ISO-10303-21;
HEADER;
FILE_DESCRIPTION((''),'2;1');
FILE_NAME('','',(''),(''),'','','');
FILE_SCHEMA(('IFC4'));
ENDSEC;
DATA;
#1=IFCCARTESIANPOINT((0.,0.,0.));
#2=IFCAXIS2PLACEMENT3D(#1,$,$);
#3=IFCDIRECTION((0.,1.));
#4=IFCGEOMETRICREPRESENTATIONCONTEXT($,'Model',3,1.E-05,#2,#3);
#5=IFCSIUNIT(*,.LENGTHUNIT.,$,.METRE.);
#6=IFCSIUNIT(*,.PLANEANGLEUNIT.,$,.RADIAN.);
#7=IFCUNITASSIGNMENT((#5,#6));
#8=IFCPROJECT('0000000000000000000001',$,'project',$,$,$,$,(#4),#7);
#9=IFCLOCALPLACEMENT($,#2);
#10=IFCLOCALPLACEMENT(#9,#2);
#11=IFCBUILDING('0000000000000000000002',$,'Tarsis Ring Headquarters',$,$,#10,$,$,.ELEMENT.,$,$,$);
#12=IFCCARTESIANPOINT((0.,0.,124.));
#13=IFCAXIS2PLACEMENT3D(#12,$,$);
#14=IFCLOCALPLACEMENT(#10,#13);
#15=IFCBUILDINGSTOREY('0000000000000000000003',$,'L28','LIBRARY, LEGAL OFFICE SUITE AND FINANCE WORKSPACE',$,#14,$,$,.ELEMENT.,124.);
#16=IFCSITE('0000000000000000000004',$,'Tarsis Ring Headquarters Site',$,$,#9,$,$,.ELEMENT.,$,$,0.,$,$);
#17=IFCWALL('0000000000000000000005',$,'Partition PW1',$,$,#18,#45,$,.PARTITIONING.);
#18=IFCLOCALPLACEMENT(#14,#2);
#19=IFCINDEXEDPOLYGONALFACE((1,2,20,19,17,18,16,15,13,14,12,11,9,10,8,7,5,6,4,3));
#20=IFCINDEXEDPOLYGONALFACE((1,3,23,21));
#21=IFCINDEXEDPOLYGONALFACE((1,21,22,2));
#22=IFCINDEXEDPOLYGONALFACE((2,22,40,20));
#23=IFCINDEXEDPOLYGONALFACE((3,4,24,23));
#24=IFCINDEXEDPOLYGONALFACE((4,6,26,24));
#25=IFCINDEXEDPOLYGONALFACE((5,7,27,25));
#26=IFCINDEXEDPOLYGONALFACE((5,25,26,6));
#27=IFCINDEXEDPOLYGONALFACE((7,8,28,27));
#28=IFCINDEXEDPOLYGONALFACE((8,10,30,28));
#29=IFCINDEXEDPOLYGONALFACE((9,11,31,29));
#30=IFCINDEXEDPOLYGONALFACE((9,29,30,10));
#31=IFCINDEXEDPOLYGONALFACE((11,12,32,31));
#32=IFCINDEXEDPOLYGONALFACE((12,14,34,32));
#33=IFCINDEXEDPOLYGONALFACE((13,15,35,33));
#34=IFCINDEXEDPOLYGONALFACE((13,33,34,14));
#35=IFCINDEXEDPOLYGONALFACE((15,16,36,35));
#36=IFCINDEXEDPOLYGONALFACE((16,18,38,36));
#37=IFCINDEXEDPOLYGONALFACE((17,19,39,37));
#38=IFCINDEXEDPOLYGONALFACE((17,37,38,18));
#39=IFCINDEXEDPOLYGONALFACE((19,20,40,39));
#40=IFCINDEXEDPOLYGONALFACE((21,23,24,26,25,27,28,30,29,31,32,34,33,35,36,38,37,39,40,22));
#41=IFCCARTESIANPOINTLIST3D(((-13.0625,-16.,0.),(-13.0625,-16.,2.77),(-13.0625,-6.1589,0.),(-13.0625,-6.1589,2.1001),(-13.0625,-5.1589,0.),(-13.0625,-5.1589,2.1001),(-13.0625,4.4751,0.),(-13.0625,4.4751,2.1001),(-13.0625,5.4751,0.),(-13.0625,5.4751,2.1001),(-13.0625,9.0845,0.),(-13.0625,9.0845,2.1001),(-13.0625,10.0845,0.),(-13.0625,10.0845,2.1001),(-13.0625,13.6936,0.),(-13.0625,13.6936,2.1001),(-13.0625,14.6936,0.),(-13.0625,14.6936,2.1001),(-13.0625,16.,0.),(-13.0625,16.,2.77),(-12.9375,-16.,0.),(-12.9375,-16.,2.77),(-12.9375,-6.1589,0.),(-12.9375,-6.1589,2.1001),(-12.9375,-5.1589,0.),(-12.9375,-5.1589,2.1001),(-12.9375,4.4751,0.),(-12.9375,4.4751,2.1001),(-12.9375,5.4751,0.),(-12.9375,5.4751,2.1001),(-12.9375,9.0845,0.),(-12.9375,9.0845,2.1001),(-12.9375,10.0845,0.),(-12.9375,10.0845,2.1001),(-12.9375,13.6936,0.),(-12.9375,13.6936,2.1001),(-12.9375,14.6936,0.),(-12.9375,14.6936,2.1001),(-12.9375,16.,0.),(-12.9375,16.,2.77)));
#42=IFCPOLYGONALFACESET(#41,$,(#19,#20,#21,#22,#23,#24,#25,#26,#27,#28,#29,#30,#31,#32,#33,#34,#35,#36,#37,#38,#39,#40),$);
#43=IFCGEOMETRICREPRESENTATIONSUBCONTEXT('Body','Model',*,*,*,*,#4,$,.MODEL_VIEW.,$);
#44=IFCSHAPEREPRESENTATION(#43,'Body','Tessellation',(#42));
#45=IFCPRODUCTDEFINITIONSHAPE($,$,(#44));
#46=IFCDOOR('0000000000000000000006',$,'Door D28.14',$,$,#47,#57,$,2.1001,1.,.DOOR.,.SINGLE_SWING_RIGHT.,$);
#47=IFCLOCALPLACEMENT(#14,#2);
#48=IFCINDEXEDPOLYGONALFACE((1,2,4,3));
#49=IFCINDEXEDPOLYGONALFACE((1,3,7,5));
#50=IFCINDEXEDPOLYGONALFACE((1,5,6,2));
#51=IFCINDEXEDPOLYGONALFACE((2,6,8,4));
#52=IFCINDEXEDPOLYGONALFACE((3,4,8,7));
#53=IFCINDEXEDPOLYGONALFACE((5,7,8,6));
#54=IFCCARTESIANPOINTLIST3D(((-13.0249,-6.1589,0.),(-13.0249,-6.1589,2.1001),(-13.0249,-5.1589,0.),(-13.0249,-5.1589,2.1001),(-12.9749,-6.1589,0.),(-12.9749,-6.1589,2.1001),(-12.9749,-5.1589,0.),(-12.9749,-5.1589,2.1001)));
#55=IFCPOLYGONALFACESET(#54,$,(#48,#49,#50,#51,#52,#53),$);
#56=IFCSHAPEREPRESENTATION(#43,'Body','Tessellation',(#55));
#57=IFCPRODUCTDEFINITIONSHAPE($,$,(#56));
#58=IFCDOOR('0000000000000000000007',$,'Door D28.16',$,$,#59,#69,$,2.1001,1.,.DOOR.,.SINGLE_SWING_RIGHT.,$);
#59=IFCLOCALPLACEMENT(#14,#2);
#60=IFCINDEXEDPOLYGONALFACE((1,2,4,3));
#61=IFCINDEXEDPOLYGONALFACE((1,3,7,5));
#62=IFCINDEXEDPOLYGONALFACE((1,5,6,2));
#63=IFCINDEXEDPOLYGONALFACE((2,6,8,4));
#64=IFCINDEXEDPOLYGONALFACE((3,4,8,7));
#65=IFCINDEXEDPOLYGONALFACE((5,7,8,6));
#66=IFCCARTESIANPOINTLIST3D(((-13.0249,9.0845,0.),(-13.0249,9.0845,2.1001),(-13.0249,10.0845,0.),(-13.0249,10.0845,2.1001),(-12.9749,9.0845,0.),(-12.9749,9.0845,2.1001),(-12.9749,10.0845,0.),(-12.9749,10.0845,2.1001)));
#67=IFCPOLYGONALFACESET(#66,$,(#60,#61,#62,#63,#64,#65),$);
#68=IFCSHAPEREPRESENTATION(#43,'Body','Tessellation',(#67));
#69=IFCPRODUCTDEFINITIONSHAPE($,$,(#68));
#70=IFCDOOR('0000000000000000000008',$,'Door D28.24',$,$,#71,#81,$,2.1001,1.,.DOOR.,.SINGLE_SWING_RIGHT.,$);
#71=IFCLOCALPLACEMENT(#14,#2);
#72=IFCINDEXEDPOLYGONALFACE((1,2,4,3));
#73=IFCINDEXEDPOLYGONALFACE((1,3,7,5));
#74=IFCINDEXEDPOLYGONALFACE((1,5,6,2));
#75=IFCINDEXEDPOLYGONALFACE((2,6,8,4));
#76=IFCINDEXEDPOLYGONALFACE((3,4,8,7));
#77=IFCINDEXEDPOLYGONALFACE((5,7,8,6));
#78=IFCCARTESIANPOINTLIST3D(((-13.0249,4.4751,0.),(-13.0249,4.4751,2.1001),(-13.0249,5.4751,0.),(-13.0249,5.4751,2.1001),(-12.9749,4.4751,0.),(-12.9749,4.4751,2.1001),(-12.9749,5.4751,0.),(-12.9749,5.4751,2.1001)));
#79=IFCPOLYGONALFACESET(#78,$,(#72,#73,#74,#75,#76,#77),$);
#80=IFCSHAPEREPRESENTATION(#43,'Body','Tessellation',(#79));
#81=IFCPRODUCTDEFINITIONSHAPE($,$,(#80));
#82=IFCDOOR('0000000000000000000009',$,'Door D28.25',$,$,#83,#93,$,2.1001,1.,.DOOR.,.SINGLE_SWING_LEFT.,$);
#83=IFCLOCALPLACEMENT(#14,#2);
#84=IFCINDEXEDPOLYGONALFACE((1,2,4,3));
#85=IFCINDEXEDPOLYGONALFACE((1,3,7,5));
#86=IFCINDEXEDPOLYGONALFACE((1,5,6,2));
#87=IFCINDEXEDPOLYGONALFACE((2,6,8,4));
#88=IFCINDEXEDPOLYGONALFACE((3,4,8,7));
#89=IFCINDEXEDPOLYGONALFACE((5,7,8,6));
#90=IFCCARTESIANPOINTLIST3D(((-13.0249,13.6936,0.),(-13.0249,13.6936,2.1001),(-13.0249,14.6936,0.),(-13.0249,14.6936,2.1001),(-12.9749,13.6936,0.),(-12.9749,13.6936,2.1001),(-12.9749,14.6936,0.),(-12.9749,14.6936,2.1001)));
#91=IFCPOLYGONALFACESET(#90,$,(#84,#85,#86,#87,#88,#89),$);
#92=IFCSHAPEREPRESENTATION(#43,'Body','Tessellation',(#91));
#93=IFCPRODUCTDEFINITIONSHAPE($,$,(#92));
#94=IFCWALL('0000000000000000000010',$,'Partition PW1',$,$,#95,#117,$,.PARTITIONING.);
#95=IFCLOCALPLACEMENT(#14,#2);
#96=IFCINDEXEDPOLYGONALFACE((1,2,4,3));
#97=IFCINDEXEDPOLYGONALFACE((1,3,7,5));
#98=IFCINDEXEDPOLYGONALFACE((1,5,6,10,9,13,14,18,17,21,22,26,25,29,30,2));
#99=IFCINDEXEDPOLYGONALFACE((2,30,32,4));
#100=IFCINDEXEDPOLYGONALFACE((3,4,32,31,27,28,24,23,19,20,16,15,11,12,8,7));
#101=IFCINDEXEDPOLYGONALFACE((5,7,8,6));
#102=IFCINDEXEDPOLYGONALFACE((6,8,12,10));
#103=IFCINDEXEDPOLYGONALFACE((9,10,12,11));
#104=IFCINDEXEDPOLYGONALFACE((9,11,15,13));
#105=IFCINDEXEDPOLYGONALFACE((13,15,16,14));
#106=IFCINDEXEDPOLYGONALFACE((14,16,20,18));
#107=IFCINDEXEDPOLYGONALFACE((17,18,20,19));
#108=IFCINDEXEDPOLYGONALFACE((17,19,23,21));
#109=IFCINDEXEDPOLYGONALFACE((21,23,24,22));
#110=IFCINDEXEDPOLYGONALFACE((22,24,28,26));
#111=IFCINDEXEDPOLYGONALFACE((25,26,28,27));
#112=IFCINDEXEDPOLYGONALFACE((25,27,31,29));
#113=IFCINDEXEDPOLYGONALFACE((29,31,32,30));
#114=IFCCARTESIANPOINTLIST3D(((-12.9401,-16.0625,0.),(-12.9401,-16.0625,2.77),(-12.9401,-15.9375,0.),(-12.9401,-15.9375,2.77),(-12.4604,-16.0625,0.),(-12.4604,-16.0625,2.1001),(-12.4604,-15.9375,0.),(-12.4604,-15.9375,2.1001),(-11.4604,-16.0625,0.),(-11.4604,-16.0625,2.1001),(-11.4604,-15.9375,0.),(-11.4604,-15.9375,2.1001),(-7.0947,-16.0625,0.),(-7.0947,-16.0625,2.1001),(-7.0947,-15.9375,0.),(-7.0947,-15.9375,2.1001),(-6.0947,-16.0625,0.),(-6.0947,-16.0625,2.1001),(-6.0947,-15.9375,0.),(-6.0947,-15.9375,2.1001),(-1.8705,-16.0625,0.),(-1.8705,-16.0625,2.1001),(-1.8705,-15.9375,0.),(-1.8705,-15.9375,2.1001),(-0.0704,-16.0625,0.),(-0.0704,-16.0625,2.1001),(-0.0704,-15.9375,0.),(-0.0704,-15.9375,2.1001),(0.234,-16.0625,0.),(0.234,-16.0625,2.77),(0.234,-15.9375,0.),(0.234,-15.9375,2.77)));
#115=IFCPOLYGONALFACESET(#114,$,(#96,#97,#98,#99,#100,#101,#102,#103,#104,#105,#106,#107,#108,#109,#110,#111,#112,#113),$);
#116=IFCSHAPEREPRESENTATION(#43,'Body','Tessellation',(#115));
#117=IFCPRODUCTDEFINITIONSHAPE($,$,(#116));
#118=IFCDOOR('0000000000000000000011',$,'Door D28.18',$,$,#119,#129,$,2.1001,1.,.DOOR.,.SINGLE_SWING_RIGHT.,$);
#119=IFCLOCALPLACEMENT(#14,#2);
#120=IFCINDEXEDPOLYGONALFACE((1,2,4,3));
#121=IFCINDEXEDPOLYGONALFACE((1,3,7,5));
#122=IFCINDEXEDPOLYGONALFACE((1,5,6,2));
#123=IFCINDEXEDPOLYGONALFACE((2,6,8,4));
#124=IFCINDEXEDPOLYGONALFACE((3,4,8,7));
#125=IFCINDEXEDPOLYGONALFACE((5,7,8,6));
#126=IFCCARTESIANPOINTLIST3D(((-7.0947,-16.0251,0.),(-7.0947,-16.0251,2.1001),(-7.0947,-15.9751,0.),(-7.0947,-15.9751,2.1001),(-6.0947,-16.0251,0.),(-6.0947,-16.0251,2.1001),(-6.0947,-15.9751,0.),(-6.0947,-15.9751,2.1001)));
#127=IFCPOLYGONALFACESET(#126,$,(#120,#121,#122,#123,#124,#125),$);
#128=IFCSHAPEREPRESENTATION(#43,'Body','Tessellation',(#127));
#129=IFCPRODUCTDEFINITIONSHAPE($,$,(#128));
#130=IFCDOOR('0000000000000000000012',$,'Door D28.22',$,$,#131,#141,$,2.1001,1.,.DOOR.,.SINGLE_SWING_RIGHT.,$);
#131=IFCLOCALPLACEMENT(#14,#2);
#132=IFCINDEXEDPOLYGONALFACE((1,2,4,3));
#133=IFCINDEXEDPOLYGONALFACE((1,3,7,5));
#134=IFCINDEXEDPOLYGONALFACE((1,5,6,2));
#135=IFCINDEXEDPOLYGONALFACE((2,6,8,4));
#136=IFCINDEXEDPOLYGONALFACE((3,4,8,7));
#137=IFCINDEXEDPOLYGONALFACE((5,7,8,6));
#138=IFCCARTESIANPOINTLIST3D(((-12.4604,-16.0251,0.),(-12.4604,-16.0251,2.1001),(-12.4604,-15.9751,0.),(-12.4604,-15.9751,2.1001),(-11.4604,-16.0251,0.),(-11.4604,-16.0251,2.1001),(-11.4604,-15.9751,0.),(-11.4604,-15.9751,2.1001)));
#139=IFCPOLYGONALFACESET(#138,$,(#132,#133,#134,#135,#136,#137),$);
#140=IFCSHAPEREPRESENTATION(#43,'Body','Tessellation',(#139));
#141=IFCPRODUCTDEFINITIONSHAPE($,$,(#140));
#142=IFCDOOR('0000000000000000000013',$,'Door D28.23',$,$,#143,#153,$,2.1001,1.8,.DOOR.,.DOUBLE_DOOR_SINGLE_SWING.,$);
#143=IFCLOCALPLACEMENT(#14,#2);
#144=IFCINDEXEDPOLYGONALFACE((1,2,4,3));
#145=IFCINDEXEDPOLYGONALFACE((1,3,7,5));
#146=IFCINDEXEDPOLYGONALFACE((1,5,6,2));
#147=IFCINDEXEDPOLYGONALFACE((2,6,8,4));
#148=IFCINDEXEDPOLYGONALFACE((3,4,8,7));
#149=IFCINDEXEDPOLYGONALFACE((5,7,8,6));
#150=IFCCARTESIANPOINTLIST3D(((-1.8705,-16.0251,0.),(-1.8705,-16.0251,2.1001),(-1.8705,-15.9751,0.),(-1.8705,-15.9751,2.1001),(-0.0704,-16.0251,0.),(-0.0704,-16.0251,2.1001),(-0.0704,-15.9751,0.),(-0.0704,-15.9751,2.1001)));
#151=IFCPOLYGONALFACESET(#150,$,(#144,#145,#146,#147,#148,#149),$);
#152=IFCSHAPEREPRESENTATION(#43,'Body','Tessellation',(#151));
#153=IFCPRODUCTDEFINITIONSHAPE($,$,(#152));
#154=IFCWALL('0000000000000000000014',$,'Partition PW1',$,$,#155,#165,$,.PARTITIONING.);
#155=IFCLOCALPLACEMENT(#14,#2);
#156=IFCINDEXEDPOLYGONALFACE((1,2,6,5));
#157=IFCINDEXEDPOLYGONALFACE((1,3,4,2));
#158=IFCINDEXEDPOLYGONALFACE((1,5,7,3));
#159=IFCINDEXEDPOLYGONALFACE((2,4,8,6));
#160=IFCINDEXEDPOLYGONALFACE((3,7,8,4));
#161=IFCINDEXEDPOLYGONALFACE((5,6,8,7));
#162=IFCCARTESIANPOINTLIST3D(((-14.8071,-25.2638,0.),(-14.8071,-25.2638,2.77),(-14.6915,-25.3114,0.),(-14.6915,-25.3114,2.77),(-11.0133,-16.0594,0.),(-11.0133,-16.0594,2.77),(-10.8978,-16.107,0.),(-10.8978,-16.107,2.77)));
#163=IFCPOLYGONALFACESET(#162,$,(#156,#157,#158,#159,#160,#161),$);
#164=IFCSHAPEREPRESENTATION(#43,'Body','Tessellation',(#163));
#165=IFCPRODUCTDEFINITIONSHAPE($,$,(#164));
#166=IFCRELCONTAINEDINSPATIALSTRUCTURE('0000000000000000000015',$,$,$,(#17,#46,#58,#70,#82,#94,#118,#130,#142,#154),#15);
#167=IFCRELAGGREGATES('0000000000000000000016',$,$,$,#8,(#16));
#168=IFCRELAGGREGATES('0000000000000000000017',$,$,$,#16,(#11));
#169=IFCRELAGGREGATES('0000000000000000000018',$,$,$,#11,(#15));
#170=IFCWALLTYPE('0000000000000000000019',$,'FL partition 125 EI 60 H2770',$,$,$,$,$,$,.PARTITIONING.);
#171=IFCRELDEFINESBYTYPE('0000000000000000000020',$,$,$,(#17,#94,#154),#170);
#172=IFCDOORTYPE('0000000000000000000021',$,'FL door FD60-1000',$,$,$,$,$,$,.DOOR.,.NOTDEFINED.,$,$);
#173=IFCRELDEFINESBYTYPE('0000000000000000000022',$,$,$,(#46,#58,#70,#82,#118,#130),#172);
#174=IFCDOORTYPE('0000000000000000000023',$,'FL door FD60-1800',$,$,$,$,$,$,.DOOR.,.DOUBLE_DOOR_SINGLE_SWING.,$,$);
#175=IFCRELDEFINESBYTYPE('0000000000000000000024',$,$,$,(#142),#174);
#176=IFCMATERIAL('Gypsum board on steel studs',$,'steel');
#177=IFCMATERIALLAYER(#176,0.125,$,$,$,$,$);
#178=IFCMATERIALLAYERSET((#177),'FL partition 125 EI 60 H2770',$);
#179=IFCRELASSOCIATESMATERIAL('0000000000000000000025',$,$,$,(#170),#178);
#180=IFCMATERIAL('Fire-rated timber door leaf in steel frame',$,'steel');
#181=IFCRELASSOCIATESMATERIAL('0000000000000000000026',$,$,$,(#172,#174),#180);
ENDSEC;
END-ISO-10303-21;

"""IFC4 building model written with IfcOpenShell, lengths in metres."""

from ifc_helpers import new_model, si_unit, direction, frame, frame_2d, origin, place, context, subcontext, project, spatial, rectangle, extrude, material, layer, layer_set, type_object, element, fill, save


model = new_model("IFC4")

# Units and contexts
model_context = context("Model", 3, precision=1e-05, world=origin(), true_north=direction((0.0, 1.0)))
body_context = subcontext(model_context, "Body", "Model", "MODEL_VIEW")
ifc_project = project(units=[si_unit("LENGTHUNIT", "METRE"), si_unit("PLANEANGLEUNIT", "RADIAN")], contexts=[model_context])

# Site, building, storey
site_placement = place(None, origin())
site = spatial("IfcSite", under=ifc_project, at=site_placement, Name="Tarsis Ring Headquarters Site", CompositionType="ELEMENT", RefElevation=0.0)
building_placement = place(site_placement, origin())
building = spatial("IfcBuilding", under=site, at=building_placement, Name="Tarsis Ring Headquarters", CompositionType="ELEMENT")
storey_placement = place(building_placement, frame((0.0, 0.0, 124.0)))
storey = spatial("IfcBuildingStorey", under=building, at=storey_placement, Name="L28", Description="LIBRARY, LEGAL OFFICE SUITE AND FINANCE WORKSPACE", CompositionType="ELEMENT", Elevation=124.0)

# Shared definitions
ifc_material_1 = material(Name="Gypsum board on steel studs", Category="steel")

# Walls, openings, doors
ifc_layer_1 = layer(ifc_material_1, 0.125)
ifc_layer_set_1 = layer_set([ifc_layer_1], Name="FL partition 125 EI 60 H2770")
wall_type_1 = type_object("IfcWallType", Name="FL partition 125 EI 60 H2770", PredefinedType="PARTITIONING", material=ifc_layer_set_1)
wall_1_placement = place(storey_placement, frame((-13.0, -16.0, 0.0), z_axis=(0.0, 0.0, 1.0), x_axis=(0.0, 1.0, 0.0)))
wall_1 = element("IfcWall", 1, at=wall_1_placement, inside=storey, type_object=wall_type_1, Name="Partition PW1", PredefinedType="PARTITIONING", context=body_context, shape_type="SweptSolid", body=[
    extrude(rectangle(XDim=32.0, YDim=0.125, at=frame_2d((16.0, 0.0))), origin(), (0.0, 0.0, 1.0), 2.77),
])
opening_1_placement = place(wall_1_placement, frame((9.8411, 0.0, 0.0)))
opening_1 = element("IfcOpeningElement", 2, at=opening_1_placement, cuts=wall_1, PredefinedType="OPENING", context=body_context, shape_type="SweptSolid", body=[
    extrude(rectangle(XDim=1.0, YDim=2.1001, at=frame_2d((0.5, 1.05))), frame((0.0, 0.0725, 0.0), z_axis=(0.0, -1.0, 0.0), x_axis=(1.0, 0.0, 0.0)), (0.0, 0.0, 1.0), 0.145),
])
opening_2_placement = place(wall_1_placement, frame((25.0845, 0.0, 0.0)))
opening_2 = element("IfcOpeningElement", 3, at=opening_2_placement, cuts=wall_1, PredefinedType="OPENING", context=body_context, shape_type="SweptSolid", body=[
    extrude(rectangle(XDim=1.0, YDim=2.1001, at=frame_2d((0.5, 1.05))), frame((0.0, 0.0725, 0.0), z_axis=(0.0, -1.0, 0.0), x_axis=(1.0, 0.0, 0.0)), (0.0, 0.0, 1.0), 0.145),
])
opening_3_placement = place(wall_1_placement, frame((20.4751, 0.0, 0.0)))
opening_3 = element("IfcOpeningElement", 4, at=opening_3_placement, cuts=wall_1, PredefinedType="OPENING", context=body_context, shape_type="SweptSolid", body=[
    extrude(rectangle(XDim=1.0, YDim=2.1001, at=frame_2d((0.5, 1.05))), frame((0.0, 0.0725, 0.0), z_axis=(0.0, -1.0, 0.0), x_axis=(1.0, 0.0, 0.0)), (0.0, 0.0, 1.0), 0.145),
])
opening_4_placement = place(wall_1_placement, frame((29.6936, 0.0, 0.0)))
opening_4 = element("IfcOpeningElement", 5, at=opening_4_placement, cuts=wall_1, PredefinedType="OPENING", context=body_context, shape_type="SweptSolid", body=[
    extrude(rectangle(XDim=1.0, YDim=2.1001, at=frame_2d((0.5, 1.05))), frame((0.0, 0.0725, 0.0), z_axis=(0.0, -1.0, 0.0), x_axis=(1.0, 0.0, 0.0)), (0.0, 0.0, 1.0), 0.145),
])
ifc_material_2 = material(Name="Fire-rated timber door leaf in steel frame", Category="steel")
door_type_1 = type_object("IfcDoorType", Name="FL door FD60-1000", OperationType="NOTDEFINED", PredefinedType="DOOR", material=ifc_material_2)
door_1_placement = place(opening_1_placement, origin())
door_1 = element("IfcDoor", 6, at=door_1_placement, inside=storey, type_object=door_type_1, Name="Door D28.14", OperationType="SINGLE_SWING_RIGHT", OverallHeight=2.1001, OverallWidth=1.0, PredefinedType="DOOR", context=body_context, shape_type="SweptSolid", body=[
    extrude(rectangle(XDim=1.0, YDim=2.1001, at=frame_2d((0.5, 1.05))), frame((0.0, 0.0249, 0.0), z_axis=(0.0, -1.0, 0.0), x_axis=(1.0, 0.0, 0.0)), (0.0, 0.0, 1.0), 0.05),
])
fill(opening_1, door_1)
door_2_placement = place(opening_2_placement, origin())
door_2 = element("IfcDoor", 7, at=door_2_placement, inside=storey, type_object=door_type_1, Name="Door D28.16", OperationType="SINGLE_SWING_RIGHT", OverallHeight=2.1001, OverallWidth=1.0, PredefinedType="DOOR", context=body_context, shape_type="SweptSolid", body=[
    extrude(rectangle(XDim=1.0, YDim=2.1001, at=frame_2d((0.5, 1.05))), frame((0.0, 0.0249, 0.0), z_axis=(0.0, -1.0, 0.0), x_axis=(1.0, 0.0, 0.0)), (0.0, 0.0, 1.0), 0.05),
])
fill(opening_2, door_2)
door_3_placement = place(opening_3_placement, origin())
door_3 = element("IfcDoor", 8, at=door_3_placement, inside=storey, type_object=door_type_1, Name="Door D28.24", OperationType="SINGLE_SWING_RIGHT", OverallHeight=2.1001, OverallWidth=1.0, PredefinedType="DOOR", context=body_context, shape_type="SweptSolid", body=[
    extrude(rectangle(XDim=1.0, YDim=2.1001, at=frame_2d((0.5, 1.05))), frame((0.0, 0.0249, 0.0), z_axis=(0.0, -1.0, 0.0), x_axis=(1.0, 0.0, 0.0)), (0.0, 0.0, 1.0), 0.05),
])
fill(opening_3, door_3)
door_4_placement = place(opening_4_placement, origin())
door_4 = element("IfcDoor", 9, at=door_4_placement, inside=storey, type_object=door_type_1, Name="Door D28.25", OperationType="SINGLE_SWING_LEFT", OverallHeight=2.1001, OverallWidth=1.0, PredefinedType="DOOR", context=body_context, shape_type="SweptSolid", body=[
    extrude(rectangle(XDim=1.0, YDim=2.1001, at=frame_2d((0.5, 1.05))), frame((0.0, 0.0249, 0.0), z_axis=(0.0, -1.0, 0.0), x_axis=(1.0, 0.0, 0.0)), (0.0, 0.0, 1.0), 0.05),
])
fill(opening_4, door_4)
wall_2_placement = place(storey_placement, frame((-12.9399, -16.0, 0.0), z_axis=(0.0, 0.0, 1.0), x_axis=(1.0, 0.0, 0.0)))
wall_2 = element("IfcWall", 10, at=wall_2_placement, inside=storey, type_object=wall_type_1, Name="Partition PW1", PredefinedType="PARTITIONING", context=body_context, shape_type="SweptSolid", body=[
    extrude(rectangle(XDim=13.1741, YDim=0.125, at=frame_2d((6.5869, 0.0))), origin(), (0.0, 0.0, 1.0), 2.77),
])
opening_5_placement = place(wall_2_placement, frame((5.8452, 0.0, 0.0)))
opening_5 = element("IfcOpeningElement", 11, at=opening_5_placement, cuts=wall_2, PredefinedType="OPENING", context=body_context, shape_type="SweptSolid", body=[
    extrude(rectangle(XDim=1.0, YDim=2.1001, at=frame_2d((0.5, 1.05))), frame((0.0, 0.0725, 0.0), z_axis=(0.0, -1.0, 0.0), x_axis=(1.0, 0.0, 0.0)), (0.0, 0.0, 1.0), 0.145),
])
opening_6_placement = place(wall_2_placement, frame((0.4795, 0.0, 0.0)))
opening_6 = element("IfcOpeningElement", 12, at=opening_6_placement, cuts=wall_2, PredefinedType="OPENING", context=body_context, shape_type="SweptSolid", body=[
    extrude(rectangle(XDim=1.0, YDim=2.1001, at=frame_2d((0.5, 1.05))), frame((0.0, 0.0725, 0.0), z_axis=(0.0, -1.0, 0.0), x_axis=(1.0, 0.0, 0.0)), (0.0, 0.0, 1.0), 0.145),
])
opening_7_placement = place(wall_2_placement, frame((11.0696, 0.0, 0.0)))
opening_7 = element("IfcOpeningElement", 13, at=opening_7_placement, cuts=wall_2, PredefinedType="OPENING", context=body_context, shape_type="SweptSolid", body=[
    extrude(rectangle(XDim=1.8, YDim=2.1001, at=frame_2d((0.8999, 1.05))), frame((0.0, 0.0725, 0.0), z_axis=(0.0, -1.0, 0.0), x_axis=(1.0, 0.0, 0.0)), (0.0, 0.0, 1.0), 0.145),
])
door_5_placement = place(opening_5_placement, origin())
door_5 = element("IfcDoor", 14, at=door_5_placement, inside=storey, type_object=door_type_1, Name="Door D28.18", OperationType="SINGLE_SWING_RIGHT", OverallHeight=2.1001, OverallWidth=1.0, PredefinedType="DOOR", context=body_context, shape_type="SweptSolid", body=[
    extrude(rectangle(XDim=1.0, YDim=2.1001, at=frame_2d((0.5, 1.05))), frame((0.0, 0.0249, 0.0), z_axis=(0.0, -1.0, 0.0), x_axis=(1.0, 0.0, 0.0)), (0.0, 0.0, 1.0), 0.05),
])
fill(opening_5, door_5)
door_6_placement = place(opening_6_placement, origin())
door_6 = element("IfcDoor", 15, at=door_6_placement, inside=storey, type_object=door_type_1, Name="Door D28.22", OperationType="SINGLE_SWING_RIGHT", OverallHeight=2.1001, OverallWidth=1.0, PredefinedType="DOOR", context=body_context, shape_type="SweptSolid", body=[
    extrude(rectangle(XDim=1.0, YDim=2.1001, at=frame_2d((0.5, 1.05))), frame((0.0, 0.0249, 0.0), z_axis=(0.0, -1.0, 0.0), x_axis=(1.0, 0.0, 0.0)), (0.0, 0.0, 1.0), 0.05),
])
fill(opening_6, door_6)
door_type_2 = type_object("IfcDoorType", Name="FL door FD60-1800", OperationType="DOUBLE_DOOR_SINGLE_SWING", PredefinedType="DOOR", material=ifc_material_2)
door_7_placement = place(opening_7_placement, origin())
door_7 = element("IfcDoor", 16, at=door_7_placement, inside=storey, type_object=door_type_2, Name="Door D28.23", OperationType="DOUBLE_DOOR_SINGLE_SWING", OverallHeight=2.1001, OverallWidth=1.8, PredefinedType="DOOR", context=body_context, shape_type="SweptSolid", body=[
    extrude(rectangle(XDim=1.8, YDim=2.1001, at=frame_2d((0.8999, 1.05))), frame((0.0, 0.0249, 0.0), z_axis=(0.0, -1.0, 0.0), x_axis=(1.0, 0.0, 0.0)), (0.0, 0.0, 1.0), 0.05),
])
fill(opening_7, door_7)

# Wall
wall_3_placement = place(storey_placement, frame((-14.7493, -25.2876, 0.0), z_axis=(0.0, 0.0, 1.0), x_axis=(0.381066, 0.924548, 0.0)))
element("IfcWall", 17, at=wall_3_placement, inside=storey, type_object=wall_type_1, Name="Partition PW1", PredefinedType="PARTITIONING", context=body_context, shape_type="SweptSolid", body=[
    extrude(rectangle(XDim=9.9556, YDim=0.125, at=frame_2d((4.9778, 0.0))), origin(), (0.0, 0.0, 1.0), 2.77),
])

save(model, "model.ifc")
